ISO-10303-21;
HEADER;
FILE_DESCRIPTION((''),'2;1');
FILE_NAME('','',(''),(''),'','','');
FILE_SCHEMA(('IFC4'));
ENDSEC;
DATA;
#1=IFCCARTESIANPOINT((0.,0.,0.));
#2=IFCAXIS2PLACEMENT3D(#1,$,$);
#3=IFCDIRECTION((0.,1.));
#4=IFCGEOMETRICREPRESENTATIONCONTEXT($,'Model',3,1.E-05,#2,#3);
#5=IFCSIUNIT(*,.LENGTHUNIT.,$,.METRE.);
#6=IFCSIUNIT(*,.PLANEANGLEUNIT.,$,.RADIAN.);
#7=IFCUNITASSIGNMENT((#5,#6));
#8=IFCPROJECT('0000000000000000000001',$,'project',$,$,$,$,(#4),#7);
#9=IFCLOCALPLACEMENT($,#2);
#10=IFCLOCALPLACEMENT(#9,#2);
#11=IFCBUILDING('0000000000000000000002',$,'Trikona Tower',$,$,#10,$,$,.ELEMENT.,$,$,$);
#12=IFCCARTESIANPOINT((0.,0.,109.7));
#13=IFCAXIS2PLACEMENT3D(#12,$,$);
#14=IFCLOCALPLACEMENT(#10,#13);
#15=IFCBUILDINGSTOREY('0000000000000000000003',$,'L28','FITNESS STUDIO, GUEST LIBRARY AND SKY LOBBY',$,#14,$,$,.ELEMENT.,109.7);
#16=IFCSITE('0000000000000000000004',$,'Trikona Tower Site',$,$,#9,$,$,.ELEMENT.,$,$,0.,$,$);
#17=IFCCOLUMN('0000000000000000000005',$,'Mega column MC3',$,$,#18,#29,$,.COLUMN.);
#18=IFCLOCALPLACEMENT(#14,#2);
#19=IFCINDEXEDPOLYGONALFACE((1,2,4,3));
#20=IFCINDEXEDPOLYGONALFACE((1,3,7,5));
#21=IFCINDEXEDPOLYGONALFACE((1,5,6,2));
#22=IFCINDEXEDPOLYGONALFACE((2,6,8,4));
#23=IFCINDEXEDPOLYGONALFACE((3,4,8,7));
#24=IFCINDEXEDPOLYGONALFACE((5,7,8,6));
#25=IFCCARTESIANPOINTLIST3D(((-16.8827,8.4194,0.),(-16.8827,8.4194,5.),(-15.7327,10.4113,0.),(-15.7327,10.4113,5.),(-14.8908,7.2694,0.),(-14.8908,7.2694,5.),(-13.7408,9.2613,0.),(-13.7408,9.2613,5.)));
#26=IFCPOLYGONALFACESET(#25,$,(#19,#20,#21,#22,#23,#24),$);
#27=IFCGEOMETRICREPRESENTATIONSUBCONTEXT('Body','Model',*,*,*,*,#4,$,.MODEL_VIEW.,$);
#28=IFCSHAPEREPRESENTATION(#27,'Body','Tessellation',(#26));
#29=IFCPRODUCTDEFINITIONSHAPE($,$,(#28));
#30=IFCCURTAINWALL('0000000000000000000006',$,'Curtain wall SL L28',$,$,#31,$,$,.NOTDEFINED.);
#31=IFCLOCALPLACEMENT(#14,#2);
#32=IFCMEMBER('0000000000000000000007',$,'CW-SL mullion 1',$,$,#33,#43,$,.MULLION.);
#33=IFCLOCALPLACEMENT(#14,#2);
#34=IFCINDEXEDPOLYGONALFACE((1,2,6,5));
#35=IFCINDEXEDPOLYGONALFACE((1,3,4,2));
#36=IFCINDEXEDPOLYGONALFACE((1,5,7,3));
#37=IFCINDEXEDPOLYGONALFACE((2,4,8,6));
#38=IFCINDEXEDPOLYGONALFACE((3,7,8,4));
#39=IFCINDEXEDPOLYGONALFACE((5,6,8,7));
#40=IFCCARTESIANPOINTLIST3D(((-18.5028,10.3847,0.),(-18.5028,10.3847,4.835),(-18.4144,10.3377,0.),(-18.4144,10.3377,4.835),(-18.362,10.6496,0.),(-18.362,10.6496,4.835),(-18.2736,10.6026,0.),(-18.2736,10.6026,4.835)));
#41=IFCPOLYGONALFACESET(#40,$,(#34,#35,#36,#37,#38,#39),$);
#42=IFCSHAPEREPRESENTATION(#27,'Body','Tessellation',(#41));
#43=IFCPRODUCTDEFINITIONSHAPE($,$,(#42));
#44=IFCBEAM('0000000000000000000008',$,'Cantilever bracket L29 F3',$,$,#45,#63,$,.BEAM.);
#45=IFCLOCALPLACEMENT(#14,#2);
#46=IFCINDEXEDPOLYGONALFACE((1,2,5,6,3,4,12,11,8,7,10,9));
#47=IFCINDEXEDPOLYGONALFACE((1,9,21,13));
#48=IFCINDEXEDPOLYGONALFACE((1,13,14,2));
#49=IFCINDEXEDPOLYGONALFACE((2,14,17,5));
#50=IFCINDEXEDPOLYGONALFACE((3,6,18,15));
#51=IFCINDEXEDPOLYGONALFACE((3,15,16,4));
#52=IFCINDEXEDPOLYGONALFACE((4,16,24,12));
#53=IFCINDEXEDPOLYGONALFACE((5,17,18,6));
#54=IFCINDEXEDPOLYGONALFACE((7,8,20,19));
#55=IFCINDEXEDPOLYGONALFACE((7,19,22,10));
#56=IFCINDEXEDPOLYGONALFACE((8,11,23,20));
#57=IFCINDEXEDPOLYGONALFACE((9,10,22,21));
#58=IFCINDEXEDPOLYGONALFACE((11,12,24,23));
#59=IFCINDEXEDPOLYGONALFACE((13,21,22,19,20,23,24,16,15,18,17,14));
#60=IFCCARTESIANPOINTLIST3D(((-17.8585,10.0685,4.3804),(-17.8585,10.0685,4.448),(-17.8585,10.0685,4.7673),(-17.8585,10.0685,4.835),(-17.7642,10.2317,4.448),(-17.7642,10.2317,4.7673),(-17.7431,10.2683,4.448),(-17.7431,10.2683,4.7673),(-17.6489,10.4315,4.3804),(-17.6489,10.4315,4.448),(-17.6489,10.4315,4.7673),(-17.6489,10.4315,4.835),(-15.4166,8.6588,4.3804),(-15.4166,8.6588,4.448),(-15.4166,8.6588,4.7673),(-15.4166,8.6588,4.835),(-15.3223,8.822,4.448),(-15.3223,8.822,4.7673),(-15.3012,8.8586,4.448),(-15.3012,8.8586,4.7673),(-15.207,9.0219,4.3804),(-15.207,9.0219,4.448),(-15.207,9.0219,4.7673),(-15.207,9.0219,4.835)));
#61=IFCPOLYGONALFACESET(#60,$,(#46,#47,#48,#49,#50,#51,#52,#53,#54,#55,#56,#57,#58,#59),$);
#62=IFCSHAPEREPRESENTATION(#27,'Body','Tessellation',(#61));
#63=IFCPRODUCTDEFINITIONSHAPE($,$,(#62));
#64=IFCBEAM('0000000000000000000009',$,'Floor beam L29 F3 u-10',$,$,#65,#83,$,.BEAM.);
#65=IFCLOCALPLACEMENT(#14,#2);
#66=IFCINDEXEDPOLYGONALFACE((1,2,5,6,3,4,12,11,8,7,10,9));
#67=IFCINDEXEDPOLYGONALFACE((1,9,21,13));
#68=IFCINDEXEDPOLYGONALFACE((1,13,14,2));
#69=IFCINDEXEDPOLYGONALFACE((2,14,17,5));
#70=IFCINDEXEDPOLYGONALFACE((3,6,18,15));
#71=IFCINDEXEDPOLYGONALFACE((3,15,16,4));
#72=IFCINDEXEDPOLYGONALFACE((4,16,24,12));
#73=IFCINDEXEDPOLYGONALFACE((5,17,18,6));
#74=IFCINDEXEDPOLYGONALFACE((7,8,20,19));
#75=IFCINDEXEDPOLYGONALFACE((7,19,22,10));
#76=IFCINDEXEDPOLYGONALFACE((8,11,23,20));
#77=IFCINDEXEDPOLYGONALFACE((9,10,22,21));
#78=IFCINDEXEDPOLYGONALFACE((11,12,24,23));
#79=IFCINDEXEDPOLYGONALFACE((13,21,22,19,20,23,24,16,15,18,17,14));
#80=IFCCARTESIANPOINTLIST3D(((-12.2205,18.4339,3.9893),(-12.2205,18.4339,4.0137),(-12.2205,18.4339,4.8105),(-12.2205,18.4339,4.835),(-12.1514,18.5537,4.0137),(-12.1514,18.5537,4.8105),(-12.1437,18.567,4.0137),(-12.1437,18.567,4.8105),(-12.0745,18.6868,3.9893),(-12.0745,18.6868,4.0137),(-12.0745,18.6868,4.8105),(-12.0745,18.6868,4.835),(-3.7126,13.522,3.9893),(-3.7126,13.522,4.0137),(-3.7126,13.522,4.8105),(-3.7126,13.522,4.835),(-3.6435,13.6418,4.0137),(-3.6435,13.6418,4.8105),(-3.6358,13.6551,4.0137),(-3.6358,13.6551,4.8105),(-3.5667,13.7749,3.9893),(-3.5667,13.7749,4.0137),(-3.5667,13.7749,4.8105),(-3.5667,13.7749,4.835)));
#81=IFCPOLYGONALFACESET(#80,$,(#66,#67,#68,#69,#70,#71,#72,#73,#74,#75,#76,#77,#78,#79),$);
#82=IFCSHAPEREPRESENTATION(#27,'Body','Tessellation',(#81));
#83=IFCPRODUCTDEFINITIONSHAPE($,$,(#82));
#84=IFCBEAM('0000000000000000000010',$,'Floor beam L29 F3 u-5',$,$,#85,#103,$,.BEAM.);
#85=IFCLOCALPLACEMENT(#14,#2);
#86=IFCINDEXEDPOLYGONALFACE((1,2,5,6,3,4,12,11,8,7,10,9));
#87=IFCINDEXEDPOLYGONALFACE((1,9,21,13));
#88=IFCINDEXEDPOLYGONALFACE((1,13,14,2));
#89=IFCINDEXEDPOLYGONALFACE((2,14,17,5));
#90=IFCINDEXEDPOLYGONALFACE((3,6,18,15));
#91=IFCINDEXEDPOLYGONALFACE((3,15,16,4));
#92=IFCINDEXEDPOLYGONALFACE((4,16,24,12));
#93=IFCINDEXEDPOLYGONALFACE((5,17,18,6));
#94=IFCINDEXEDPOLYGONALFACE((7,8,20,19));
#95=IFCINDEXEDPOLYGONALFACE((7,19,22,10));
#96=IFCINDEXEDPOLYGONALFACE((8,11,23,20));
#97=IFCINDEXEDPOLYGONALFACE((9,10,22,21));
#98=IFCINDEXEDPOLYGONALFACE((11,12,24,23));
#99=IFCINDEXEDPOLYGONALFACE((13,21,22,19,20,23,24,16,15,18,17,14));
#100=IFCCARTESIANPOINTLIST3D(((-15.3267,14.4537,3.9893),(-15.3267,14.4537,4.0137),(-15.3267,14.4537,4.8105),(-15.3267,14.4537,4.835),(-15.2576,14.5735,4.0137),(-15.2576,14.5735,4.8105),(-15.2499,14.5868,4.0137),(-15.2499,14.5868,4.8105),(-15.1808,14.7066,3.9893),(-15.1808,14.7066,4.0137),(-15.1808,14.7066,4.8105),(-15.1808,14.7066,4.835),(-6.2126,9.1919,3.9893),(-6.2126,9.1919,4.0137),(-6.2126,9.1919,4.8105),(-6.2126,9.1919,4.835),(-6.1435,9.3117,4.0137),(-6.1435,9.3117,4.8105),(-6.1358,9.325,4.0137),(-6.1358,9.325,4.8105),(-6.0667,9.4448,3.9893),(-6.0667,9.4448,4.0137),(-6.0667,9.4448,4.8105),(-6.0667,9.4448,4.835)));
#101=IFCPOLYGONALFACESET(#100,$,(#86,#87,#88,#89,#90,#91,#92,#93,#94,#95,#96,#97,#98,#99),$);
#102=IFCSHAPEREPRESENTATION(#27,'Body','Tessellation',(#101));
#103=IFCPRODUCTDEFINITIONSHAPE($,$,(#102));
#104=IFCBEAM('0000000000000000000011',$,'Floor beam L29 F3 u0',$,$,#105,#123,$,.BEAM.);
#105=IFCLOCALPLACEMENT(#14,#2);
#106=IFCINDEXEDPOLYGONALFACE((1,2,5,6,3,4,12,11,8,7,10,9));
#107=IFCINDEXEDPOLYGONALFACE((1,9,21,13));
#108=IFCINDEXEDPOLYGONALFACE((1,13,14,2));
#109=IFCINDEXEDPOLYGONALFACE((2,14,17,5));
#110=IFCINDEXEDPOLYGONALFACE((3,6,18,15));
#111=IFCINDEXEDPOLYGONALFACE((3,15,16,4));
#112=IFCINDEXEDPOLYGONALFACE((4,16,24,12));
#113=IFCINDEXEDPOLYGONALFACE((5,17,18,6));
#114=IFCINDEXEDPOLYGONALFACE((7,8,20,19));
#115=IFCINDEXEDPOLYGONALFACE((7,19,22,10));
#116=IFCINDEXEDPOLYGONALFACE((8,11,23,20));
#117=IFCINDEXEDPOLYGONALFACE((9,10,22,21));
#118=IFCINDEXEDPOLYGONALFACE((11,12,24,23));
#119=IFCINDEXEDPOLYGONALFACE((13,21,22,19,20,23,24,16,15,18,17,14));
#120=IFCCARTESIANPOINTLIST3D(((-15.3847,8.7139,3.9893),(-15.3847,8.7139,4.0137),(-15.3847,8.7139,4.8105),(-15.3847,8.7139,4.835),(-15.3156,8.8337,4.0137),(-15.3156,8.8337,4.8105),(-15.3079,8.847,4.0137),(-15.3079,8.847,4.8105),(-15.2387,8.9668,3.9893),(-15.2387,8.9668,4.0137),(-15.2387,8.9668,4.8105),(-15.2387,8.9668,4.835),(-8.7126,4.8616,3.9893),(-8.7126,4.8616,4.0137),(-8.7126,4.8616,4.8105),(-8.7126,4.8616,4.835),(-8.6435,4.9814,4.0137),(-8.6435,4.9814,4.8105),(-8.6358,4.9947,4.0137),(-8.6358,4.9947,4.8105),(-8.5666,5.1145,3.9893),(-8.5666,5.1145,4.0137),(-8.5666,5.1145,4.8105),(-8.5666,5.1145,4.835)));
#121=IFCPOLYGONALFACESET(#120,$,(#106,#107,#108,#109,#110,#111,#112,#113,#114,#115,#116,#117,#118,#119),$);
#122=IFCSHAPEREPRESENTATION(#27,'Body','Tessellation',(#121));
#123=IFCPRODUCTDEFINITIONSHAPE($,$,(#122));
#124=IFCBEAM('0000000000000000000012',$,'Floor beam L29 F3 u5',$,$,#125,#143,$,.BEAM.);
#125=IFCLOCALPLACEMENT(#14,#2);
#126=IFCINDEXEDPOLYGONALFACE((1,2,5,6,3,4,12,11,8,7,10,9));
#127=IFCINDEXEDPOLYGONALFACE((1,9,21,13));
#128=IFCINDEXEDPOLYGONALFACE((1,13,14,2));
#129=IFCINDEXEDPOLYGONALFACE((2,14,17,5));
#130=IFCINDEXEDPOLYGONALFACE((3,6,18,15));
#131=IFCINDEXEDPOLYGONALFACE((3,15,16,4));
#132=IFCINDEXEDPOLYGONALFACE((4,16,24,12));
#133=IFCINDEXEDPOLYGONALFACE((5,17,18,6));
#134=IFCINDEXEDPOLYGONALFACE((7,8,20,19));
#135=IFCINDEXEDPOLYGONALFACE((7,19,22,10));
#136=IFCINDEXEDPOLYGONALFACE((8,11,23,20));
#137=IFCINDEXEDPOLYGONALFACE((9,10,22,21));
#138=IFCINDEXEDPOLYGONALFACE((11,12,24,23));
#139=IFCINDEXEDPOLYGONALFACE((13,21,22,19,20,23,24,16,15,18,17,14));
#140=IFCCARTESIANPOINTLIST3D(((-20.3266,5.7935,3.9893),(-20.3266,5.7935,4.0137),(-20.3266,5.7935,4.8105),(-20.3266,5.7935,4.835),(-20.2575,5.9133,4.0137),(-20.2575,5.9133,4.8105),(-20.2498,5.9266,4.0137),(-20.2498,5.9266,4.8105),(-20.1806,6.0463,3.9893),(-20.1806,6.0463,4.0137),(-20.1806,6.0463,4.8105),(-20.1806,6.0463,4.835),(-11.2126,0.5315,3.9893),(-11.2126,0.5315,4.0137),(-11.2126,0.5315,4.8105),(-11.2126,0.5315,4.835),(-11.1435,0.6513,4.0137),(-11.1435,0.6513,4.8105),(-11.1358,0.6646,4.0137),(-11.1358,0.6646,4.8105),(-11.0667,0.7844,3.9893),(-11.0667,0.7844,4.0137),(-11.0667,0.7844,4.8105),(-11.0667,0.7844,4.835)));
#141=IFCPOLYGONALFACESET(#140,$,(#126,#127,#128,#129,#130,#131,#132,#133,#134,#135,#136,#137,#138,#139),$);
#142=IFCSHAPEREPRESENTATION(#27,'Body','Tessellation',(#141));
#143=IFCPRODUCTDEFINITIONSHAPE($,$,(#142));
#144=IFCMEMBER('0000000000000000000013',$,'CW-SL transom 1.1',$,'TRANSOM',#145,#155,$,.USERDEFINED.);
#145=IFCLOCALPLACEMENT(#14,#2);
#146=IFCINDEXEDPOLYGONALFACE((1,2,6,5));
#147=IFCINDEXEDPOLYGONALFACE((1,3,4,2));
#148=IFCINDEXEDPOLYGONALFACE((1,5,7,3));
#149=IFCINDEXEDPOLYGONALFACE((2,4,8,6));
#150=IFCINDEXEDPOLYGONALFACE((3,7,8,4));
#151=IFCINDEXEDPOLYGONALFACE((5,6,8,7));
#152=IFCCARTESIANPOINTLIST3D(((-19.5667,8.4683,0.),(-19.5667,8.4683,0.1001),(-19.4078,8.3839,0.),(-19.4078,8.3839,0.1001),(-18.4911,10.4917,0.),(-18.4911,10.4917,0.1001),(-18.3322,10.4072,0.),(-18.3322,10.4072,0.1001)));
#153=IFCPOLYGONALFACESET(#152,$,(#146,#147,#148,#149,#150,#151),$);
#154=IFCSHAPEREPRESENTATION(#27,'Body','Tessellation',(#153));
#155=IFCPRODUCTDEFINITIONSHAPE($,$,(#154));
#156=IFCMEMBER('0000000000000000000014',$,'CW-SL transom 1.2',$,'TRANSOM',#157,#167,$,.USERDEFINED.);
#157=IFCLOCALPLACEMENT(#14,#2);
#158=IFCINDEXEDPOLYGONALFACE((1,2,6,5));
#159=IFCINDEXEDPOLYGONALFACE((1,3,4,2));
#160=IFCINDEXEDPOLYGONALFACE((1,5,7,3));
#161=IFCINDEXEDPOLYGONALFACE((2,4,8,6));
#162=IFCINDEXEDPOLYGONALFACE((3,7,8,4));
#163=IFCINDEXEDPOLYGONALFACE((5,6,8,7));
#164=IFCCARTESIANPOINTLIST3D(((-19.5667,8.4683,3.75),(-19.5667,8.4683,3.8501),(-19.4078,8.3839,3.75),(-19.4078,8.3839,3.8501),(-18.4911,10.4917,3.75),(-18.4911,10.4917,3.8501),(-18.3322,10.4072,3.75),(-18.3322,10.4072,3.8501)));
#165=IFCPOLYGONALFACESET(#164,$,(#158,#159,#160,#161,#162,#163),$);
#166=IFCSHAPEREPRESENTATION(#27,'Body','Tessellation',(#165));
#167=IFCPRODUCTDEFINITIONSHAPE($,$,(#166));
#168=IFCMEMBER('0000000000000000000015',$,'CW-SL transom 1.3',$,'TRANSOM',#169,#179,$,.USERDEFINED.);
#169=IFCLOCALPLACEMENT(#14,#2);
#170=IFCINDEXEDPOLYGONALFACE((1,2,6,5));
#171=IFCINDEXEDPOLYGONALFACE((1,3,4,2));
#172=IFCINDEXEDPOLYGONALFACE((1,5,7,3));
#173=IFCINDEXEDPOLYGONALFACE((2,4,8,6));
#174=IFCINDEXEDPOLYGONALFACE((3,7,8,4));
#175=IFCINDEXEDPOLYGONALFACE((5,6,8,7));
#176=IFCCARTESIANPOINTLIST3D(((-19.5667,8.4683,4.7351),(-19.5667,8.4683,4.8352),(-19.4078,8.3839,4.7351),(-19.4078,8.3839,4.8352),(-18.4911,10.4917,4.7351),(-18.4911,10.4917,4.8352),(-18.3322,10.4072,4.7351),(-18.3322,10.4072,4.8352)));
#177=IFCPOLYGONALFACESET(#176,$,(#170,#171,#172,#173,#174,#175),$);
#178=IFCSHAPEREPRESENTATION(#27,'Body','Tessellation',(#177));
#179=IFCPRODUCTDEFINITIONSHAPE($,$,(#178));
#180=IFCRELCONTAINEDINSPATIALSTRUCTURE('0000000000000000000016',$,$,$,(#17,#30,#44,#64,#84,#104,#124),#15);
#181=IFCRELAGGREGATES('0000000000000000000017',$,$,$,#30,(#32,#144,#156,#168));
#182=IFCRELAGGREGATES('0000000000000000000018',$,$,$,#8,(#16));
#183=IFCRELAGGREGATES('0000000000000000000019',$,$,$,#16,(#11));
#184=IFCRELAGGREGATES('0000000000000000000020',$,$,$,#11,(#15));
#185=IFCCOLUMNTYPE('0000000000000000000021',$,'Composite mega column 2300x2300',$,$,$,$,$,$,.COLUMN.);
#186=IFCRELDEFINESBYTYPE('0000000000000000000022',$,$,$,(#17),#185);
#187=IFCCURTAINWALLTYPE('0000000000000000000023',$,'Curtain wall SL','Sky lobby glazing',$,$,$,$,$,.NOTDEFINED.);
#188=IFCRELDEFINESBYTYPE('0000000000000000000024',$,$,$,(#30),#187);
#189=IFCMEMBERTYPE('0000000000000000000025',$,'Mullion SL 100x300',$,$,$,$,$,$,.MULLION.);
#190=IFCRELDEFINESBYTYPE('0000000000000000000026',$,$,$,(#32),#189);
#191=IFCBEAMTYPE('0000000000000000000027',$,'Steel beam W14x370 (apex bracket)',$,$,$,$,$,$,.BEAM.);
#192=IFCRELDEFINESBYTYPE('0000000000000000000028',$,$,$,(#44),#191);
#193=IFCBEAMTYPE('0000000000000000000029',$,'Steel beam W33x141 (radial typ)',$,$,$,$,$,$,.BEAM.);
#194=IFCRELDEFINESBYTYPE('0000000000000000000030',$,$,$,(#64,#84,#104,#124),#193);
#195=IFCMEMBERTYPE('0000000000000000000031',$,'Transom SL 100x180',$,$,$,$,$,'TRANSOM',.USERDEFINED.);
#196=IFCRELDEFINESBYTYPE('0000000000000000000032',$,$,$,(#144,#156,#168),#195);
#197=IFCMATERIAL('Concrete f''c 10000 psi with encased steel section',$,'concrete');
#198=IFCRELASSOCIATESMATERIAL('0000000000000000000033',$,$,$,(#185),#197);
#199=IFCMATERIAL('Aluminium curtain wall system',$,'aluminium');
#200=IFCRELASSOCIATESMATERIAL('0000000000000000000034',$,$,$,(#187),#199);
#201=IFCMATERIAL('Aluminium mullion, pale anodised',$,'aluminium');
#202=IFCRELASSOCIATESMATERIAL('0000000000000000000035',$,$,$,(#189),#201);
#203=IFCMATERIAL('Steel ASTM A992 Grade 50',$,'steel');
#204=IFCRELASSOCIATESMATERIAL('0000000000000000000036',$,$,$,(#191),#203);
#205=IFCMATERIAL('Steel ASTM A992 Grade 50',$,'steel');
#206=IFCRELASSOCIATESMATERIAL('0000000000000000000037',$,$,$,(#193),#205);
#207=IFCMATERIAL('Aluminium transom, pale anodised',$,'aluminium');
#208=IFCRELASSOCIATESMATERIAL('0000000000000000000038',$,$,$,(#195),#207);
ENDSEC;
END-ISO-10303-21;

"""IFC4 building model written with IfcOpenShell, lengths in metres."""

from ifc_helpers import new_model, si_unit, direction, frame, origin, origin_2d, place, context, subcontext, project, spatial, rectangle, i_section, extrude, material, material_profile, profile_set, type_object, element, aggregate, save


model = new_model("IFC4")

# Units and contexts
model_context = context("Model", 3, precision=1e-05, world=origin(), true_north=direction((0.0, 1.0)))
body_context = subcontext(model_context, "Body", "Model", "MODEL_VIEW")
ifc_project = project(units=[si_unit("LENGTHUNIT", "METRE"), si_unit("PLANEANGLEUNIT", "RADIAN")], contexts=[model_context])

# Site, building, storey
site_placement = place(None, origin())
site = spatial("IfcSite", under=ifc_project, at=site_placement, Name="Trikona Tower Site", CompositionType="ELEMENT", RefElevation=0.0)
building_placement = place(site_placement, origin())
building = spatial("IfcBuilding", under=site, at=building_placement, Name="Trikona Tower", CompositionType="ELEMENT")
storey_placement = place(building_placement, frame((0.0, 0.0, 109.7)))
storey = spatial("IfcBuildingStorey", under=building, at=storey_placement, Name="L28", Description="FITNESS STUDIO, GUEST LIBRARY AND SKY LOBBY", CompositionType="ELEMENT", Elevation=109.7)

# Column
ifc_material_1 = material(Name="Concrete f'c 10000 psi with encased steel section", Category="concrete")
ifc_material_profile_1 = material_profile(ifc_material_1, rectangle(XDim=2.3, YDim=2.3, at=origin_2d()), Name="MC2300")
ifc_profile_set_1 = profile_set([ifc_material_profile_1], Name="Concrete f'c 10000 psi with encased steel section")
column_type = type_object("IfcColumnType", Name="Composite mega column 2300x2300", PredefinedType="COLUMN", material=ifc_profile_set_1)
column_placement = place(storey_placement, frame((-15.3118, 8.8403, 0.0), z_axis=(0.0, 0.0, 1.0), x_axis=(-0.866025, 0.5, 0.0)))
element("IfcColumn", 1, at=column_placement, inside=storey, type_object=column_type, Name="Mega column MC3", PredefinedType="COLUMN", context=body_context, shape_type="SweptSolid", body=[
    extrude(rectangle(XDim=2.3, YDim=2.3, at=origin_2d()), origin(), (0.0, 0.0, 1.0), 5.0),
])

# Curtain wall, member
ifc_material_2 = material(Name="Aluminium curtain wall system", Category="aluminium")
curtain_wall_type = type_object("IfcCurtainWallType", Name="Curtain wall SL", Description="Sky lobby glazing", PredefinedType="NOTDEFINED", material=ifc_material_2)
curtain_wall_placement = place(storey_placement, origin())
curtain_wall = element("IfcCurtainWall", 2, at=curtain_wall_placement, inside=storey, type_object=curtain_wall_type, Name="Curtain wall SL L28", PredefinedType="NOTDEFINED")
ifc_material_3 = material(Name="Aluminium mullion, pale anodised", Category="aluminium")
ifc_material_profile_2 = material_profile(ifc_material_3, rectangle(XDim=0.1001, YDim=0.3, at=origin_2d()), Name="MUL-SL")
ifc_profile_set_2 = profile_set([ifc_material_profile_2], Name="Aluminium mullion, pale anodised")
member_type_1 = type_object("IfcMemberType", Name="Mullion SL 100x300", PredefinedType="MULLION", material=ifc_profile_set_2)
member_1_placement = place(storey_placement, frame((-18.3882, 10.4937, 0.0), z_axis=(0.0, 0.0, 1.0), x_axis=(0.882996, -0.46938, 0.0)))
member_1 = element("IfcMember", 3, at=member_1_placement, type_object=member_type_1, Name="CW-SL mullion 1", PredefinedType="MULLION", context=body_context, shape_type="SweptSolid", body=[
    extrude(rectangle(XDim=0.1001, YDim=0.3, at=origin_2d()), origin(), (0.0, 0.0, 1.0), 4.835),
])

# Beams
ifc_material_4 = material(Name="Steel ASTM A992 Grade 50", Category="steel")
ifc_material_profile_3 = material_profile(ifc_material_4, i_section(OverallWidth=0.4192, OverallDepth=0.4546, WebThickness=0.0422, FlangeThickness=0.0676, at=origin_2d()), Name="W14X370")
ifc_profile_set_3 = profile_set([ifc_material_profile_3], Name="Steel ASTM A992 Grade 50")
beam_type_1 = type_object("IfcBeamType", Name="Steel beam W14x370 (apex bracket)", PredefinedType="BEAM", material=ifc_profile_set_3)
beam_1_placement = place(storey_placement, frame((-15.3118, 8.8403, 4.6077), z_axis=(-0.86605, 0.499957, 0.0), x_axis=(-0.499957, -0.86605, 0.0)))
element("IfcBeam", 4, at=beam_1_placement, inside=storey, type_object=beam_type_1, Name="Cantilever bracket L29 F3", PredefinedType="BEAM", context=body_context, shape_type="SweptSolid", body=[
    extrude(i_section(OverallWidth=0.4192, OverallDepth=0.4546, WebThickness=0.0422, FlangeThickness=0.0676, at=origin_2d()), origin(), (0.0, 0.0, 1.0), 2.8196),
])
ifc_material_5 = material(Name="Steel ASTM A992 Grade 50", Category="steel")
ifc_material_profile_4 = material_profile(ifc_material_5, i_section(OverallWidth=0.292, OverallDepth=0.8457, WebThickness=0.0154, FlangeThickness=0.0244, at=origin_2d()), Name="W33X141")
ifc_profile_set_4 = profile_set([ifc_material_profile_4], Name="Steel ASTM A992 Grade 50")
beam_type_2 = type_object("IfcBeamType", Name="Steel beam W33x141 (radial typ)", PredefinedType="BEAM", material=ifc_profile_set_4)
beam_2_placement = place(storey_placement, frame((-3.6396, 13.6484, 4.4121), z_axis=(-0.866031, 0.499991, 0.0), x_axis=(-0.499991, -0.866031, 0.0)))
element("IfcBeam", 5, at=beam_2_placement, inside=storey, type_object=beam_type_2, Name="Floor beam L29 F3 u-10", PredefinedType="BEAM", context=body_context, shape_type="SweptSolid", body=[
    extrude(i_section(OverallWidth=0.292, OverallDepth=0.8457, WebThickness=0.0154, FlangeThickness=0.0244, at=origin_2d()), origin(), (0.0, 0.0, 1.0), 9.824),
])
beam_3_placement = place(storey_placement, frame((-6.1396, 9.3184, 4.4121), z_axis=(-0.866036, 0.499982, 0.0), x_axis=(-0.499982, -0.866036, 0.0)))
element("IfcBeam", 6, at=beam_3_placement, inside=storey, type_object=beam_type_2, Name="Floor beam L29 F3 u-5", PredefinedType="BEAM", context=body_context, shape_type="SweptSolid", body=[
    extrude(i_section(OverallWidth=0.292, OverallDepth=0.8457, WebThickness=0.0154, FlangeThickness=0.0244, at=origin_2d()), origin(), (0.0, 0.0, 1.0), 10.5239),
])
beam_4_placement = place(storey_placement, frame((-8.6396, 4.988, 4.4121), z_axis=(-0.866017, 0.500014, 0.0), x_axis=(-0.500014, -0.866017, 0.0)))
element("IfcBeam", 7, at=beam_4_placement, inside=storey, type_object=beam_type_2, Name="Floor beam L29 F3 u0", PredefinedType="BEAM", context=body_context, shape_type="SweptSolid", body=[
    extrude(i_section(OverallWidth=0.292, OverallDepth=0.8457, WebThickness=0.0154, FlangeThickness=0.0244, at=origin_2d()), origin(), (0.0, 0.0, 1.0), 7.7043),
])
beam_5_placement = place(storey_placement, frame((-11.1396, 0.658, 4.4121), z_axis=(-0.866026, 0.499999, 0.0), x_axis=(-0.499999, -0.866026, 0.0)))
element("IfcBeam", 8, at=beam_5_placement, inside=storey, type_object=beam_type_2, Name="Floor beam L29 F3 u5", PredefinedType="BEAM", context=body_context, shape_type="SweptSolid", body=[
    extrude(i_section(OverallWidth=0.292, OverallDepth=0.8457, WebThickness=0.0154, FlangeThickness=0.0244, at=origin_2d()), origin(), (0.0, 0.0, 1.0), 10.5239),
])

# Members
ifc_material_6 = material(Name="Aluminium transom, pale anodised", Category="aluminium")
ifc_material_profile_5 = material_profile(ifc_material_6, rectangle(XDim=0.1799, YDim=0.1001, at=origin_2d()), Name="TRN-SL")
ifc_profile_set_5 = profile_set([ifc_material_profile_5], Name="Aluminium transom, pale anodised")
member_type_2 = type_object("IfcMemberType", Name="Transom SL 100x180", ElementType="TRANSOM", PredefinedType="USERDEFINED", material=ifc_profile_set_5)
member_2_placement = place(storey_placement, frame((-18.4116, 10.4495, 0.05), z_axis=(-0.469404, -0.882983, 0.0), x_axis=(0.882983, -0.469404, 0.0)))
member_2 = element("IfcMember", 9, at=member_2_placement, type_object=member_type_2, Name="CW-SL transom 1.1", ObjectType="TRANSOM", PredefinedType="USERDEFINED", context=body_context, shape_type="SweptSolid", body=[
    extrude(rectangle(XDim=0.1799, YDim=0.1001, at=origin_2d()), origin(), (0.0, 0.0, 1.0), 2.2915),
])
member_3_placement = place(storey_placement, frame((-18.4116, 10.4495, 3.8), z_axis=(-0.469404, -0.882983, 0.0), x_axis=(0.882983, -0.469404, 0.0)))
member_3 = element("IfcMember", 10, at=member_3_placement, type_object=member_type_2, Name="CW-SL transom 1.2", ObjectType="TRANSOM", PredefinedType="USERDEFINED", context=body_context, shape_type="SweptSolid", body=[
    extrude(rectangle(XDim=0.1799, YDim=0.1001, at=origin_2d()), origin(), (0.0, 0.0, 1.0), 2.2915),
])
member_4_placement = place(storey_placement, frame((-18.4116, 10.4495, 4.7852), z_axis=(-0.469404, -0.882983, 0.0), x_axis=(0.882983, -0.469404, 0.0)))
member_4 = element("IfcMember", 11, at=member_4_placement, type_object=member_type_2, Name="CW-SL transom 1.3", ObjectType="TRANSOM", PredefinedType="USERDEFINED", context=body_context, shape_type="SweptSolid", body=[
    extrude(rectangle(XDim=0.1799, YDim=0.1001, at=origin_2d()), origin(), (0.0, 0.0, 1.0), 2.2915),
])

aggregate(curtain_wall, [member_1, member_2, member_3, member_4])

save(model, "model.ifc")
